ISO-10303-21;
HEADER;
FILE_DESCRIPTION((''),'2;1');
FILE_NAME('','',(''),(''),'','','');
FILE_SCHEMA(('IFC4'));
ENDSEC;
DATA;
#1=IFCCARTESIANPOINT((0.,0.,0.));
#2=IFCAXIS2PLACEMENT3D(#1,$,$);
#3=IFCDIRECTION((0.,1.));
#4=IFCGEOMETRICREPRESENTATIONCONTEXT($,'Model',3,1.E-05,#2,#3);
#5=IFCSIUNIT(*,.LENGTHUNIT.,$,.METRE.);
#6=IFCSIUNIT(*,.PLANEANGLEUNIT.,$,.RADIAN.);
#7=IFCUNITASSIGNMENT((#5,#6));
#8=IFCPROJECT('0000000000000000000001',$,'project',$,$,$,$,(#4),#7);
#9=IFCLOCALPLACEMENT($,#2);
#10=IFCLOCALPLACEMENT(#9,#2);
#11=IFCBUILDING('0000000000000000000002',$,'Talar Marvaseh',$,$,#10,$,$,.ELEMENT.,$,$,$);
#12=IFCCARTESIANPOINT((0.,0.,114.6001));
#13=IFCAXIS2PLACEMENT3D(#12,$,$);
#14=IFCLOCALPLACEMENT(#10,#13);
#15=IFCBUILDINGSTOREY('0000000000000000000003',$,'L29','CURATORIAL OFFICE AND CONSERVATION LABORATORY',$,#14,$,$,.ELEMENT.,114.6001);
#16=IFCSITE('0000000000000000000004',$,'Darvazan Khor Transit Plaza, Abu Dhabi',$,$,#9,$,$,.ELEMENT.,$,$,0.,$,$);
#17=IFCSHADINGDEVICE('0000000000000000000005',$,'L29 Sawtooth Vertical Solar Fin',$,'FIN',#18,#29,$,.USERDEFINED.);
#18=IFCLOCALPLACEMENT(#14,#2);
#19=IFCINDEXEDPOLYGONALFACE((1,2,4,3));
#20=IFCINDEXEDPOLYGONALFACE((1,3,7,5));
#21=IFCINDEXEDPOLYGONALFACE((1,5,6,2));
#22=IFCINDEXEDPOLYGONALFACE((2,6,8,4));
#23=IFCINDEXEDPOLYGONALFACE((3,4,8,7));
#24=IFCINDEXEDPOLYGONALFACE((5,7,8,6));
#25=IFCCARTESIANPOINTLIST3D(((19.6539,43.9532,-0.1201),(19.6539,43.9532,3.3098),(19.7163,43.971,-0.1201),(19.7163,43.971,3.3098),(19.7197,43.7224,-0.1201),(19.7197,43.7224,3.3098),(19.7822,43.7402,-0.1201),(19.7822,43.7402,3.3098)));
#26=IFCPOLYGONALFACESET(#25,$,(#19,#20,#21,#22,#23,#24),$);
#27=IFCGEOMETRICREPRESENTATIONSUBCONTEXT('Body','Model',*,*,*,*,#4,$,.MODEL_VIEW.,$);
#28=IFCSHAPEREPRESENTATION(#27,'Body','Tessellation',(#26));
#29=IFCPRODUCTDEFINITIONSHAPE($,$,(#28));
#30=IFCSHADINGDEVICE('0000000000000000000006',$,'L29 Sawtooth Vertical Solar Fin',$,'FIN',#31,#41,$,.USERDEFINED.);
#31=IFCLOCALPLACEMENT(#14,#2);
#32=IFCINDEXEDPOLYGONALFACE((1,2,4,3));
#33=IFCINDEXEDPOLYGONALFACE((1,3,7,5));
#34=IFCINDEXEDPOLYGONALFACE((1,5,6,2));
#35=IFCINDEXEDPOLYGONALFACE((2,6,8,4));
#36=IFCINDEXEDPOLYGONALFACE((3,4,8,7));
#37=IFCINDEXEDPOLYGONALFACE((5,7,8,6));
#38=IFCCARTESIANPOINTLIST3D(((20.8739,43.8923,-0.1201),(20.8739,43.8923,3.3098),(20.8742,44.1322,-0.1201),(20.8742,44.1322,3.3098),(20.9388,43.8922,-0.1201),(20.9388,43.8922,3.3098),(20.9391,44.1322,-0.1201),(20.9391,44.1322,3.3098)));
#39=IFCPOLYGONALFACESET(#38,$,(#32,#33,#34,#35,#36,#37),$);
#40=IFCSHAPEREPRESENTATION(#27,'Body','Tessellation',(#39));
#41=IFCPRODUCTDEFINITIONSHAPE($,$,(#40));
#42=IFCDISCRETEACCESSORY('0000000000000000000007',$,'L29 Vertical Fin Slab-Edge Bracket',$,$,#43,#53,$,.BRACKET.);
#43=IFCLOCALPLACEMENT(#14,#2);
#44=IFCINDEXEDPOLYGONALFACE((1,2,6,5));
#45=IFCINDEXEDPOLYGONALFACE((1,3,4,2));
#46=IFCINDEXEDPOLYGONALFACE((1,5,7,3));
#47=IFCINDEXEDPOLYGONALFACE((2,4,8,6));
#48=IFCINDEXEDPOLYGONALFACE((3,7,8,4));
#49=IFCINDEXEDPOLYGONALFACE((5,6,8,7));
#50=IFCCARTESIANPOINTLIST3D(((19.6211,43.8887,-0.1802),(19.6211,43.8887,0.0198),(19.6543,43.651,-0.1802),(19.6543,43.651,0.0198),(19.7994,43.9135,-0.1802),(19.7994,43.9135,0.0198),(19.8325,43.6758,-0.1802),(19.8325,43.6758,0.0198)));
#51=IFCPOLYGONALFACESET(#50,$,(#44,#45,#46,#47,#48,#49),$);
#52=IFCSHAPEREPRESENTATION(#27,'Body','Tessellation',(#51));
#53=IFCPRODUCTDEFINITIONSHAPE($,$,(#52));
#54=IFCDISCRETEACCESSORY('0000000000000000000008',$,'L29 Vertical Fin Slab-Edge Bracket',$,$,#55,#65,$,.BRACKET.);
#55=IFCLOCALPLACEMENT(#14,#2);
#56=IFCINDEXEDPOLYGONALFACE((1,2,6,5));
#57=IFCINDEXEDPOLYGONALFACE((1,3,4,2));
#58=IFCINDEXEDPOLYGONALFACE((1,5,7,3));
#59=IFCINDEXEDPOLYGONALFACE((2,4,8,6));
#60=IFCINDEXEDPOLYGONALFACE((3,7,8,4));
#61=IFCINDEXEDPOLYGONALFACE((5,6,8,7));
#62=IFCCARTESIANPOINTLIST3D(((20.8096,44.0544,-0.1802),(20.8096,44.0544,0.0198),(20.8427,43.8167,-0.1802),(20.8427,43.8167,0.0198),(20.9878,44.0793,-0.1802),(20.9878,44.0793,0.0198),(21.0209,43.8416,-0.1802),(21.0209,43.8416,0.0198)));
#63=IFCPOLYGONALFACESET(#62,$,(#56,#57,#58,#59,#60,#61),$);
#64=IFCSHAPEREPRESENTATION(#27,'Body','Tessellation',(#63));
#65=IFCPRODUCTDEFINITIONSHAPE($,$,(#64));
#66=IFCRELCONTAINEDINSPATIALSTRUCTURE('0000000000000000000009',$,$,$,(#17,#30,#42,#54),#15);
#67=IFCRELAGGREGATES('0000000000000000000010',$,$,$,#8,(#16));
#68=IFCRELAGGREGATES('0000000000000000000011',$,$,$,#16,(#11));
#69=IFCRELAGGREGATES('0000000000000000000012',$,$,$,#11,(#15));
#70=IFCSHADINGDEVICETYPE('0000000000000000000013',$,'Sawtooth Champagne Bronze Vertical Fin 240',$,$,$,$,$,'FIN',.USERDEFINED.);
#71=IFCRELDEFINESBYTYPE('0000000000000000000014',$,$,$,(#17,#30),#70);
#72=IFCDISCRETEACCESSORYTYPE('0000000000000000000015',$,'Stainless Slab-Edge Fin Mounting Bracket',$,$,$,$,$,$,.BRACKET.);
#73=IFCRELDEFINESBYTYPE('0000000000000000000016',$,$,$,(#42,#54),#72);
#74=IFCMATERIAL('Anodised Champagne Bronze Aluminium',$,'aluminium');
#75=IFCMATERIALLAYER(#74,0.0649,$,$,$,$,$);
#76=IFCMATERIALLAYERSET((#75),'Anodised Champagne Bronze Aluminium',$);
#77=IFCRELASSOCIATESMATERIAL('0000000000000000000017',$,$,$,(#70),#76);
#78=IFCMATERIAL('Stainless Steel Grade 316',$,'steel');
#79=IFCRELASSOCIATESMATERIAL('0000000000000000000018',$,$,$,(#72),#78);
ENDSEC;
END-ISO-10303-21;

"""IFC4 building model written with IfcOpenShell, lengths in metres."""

from ifc_helpers import new_model, si_unit, direction, frame, origin, origin_2d, place, context, subcontext, project, spatial, rectangle, extrude, source, transform, mapped, material, layer, layer_set, type_object, type_shapes, element, save


model = new_model("IFC4")

# Units and contexts
model_context = context("Model", 3, precision=1e-05, world=origin(), true_north=direction((0.0, 1.0)))
body_context = subcontext(model_context, "Body", "Model", "MODEL_VIEW")
ifc_project = project(units=[si_unit("LENGTHUNIT", "METRE"), si_unit("PLANEANGLEUNIT", "RADIAN")], contexts=[model_context])

# Site, building, storey
site_placement = place(None, origin())
site = spatial("IfcSite", under=ifc_project, at=site_placement, Name="Darvazan Khor Transit Plaza, Abu Dhabi", CompositionType="ELEMENT", RefElevation=0.0)
building_placement = place(site_placement, origin())
building = spatial("IfcBuilding", under=site, at=building_placement, Name="Talar Marvaseh", CompositionType="ELEMENT")
storey_placement = place(building_placement, frame((0.0, 0.0, 114.6001)))
storey = spatial("IfcBuildingStorey", under=building, at=storey_placement, Name="L29", Description="CURATORIAL OFFICE AND CONSERVATION LABORATORY", CompositionType="ELEMENT", Elevation=114.6001)

# Shared definitions
ifc_material_1 = material(Name="Stainless Steel Grade 316", Category="steel")

# Shading devices
ifc_material_2 = material(Name="Anodised Champagne Bronze Aluminium", Category="aluminium")
ifc_layer_1 = layer(ifc_material_2, 0.0649)
ifc_layer_set_1 = layer_set([ifc_layer_1], Name="Anodised Champagne Bronze Aluminium")
shading_device_type = type_object("IfcShadingDeviceType", Name="Sawtooth Champagne Bronze Vertical Fin 240", ElementType="FIN", PredefinedType="USERDEFINED", material=ifc_layer_set_1)
shared_shape_1 = source(origin(), body_context, "Body", "SweptSolid", [
    extrude(rectangle(XDim=0.24, YDim=0.0649, at=origin_2d()), origin(), (0.0, 0.0, 1.0), 3.4299),
])
type_shapes(shading_device_type, [shared_shape_1])
for number, where, z_axis, x_axis, name in (
    (1, (19.718, 43.8467, -0.1201), (0.0, 0.0, 1.0), (-0.274463, 0.961598, 0.0), "L29 Sawtooth Vertical Solar Fin"),
    (2, (20.9065, 44.0122, -0.1201), (0.0, 0.0, 1.0), (0.001222, 0.999999, 0.0), "L29 Sawtooth Vertical Solar Fin"),
):
    element("IfcShadingDevice", number, at=place(storey_placement, frame(where, z_axis=z_axis, x_axis=x_axis)), inside=storey, type_object=shading_device_type, Name=name, ObjectType="FIN", PredefinedType="USERDEFINED", context=body_context, shape_type="MappedRepresentation", body=[
        mapped(shared_shape_1, transform((0.0, 0.0, 0.0), x_axis=(1.0, 0.0, 0.0), y_axis=(0.0, 1.0, 0.0), z_axis=(0.0, 0.0, 1.0), scale=1.0)),
    ])

# Discrete accessories
discrete_accessory_type = type_object("IfcDiscreteAccessoryType", Name="Stainless Slab-Edge Fin Mounting Bracket", PredefinedType="BRACKET", material=ifc_material_1)
shared_shape_2 = source(origin(), body_context, "Body", "SweptSolid", [
    extrude(rectangle(XDim=0.24, YDim=0.1799, at=origin_2d()), origin(), (0.0, 0.0, 1.0), 0.2),
])
type_shapes(discrete_accessory_type, [shared_shape_2])
for number, where, z_axis, x_axis, name in (
    (3, (19.7268, 43.7822, -0.1802), (0.0, 0.0, 1.0), (-0.137963, 0.990437, 0.0), "L29 Vertical Fin Slab-Edge Bracket"),
    (4, (20.9153, 43.948, -0.1802), (0.0, 0.0, 1.0), (-0.137963, 0.990437, 0.0), "L29 Vertical Fin Slab-Edge Bracket"),
):
    element("IfcDiscreteAccessory", number, at=place(storey_placement, frame(where, z_axis=z_axis, x_axis=x_axis)), inside=storey, type_object=discrete_accessory_type, Name=name, PredefinedType="BRACKET", context=body_context, shape_type="MappedRepresentation", body=[
        mapped(shared_shape_2, transform((0.0, 0.0, 0.0), x_axis=(1.0, 0.0, 0.0), y_axis=(0.0, 1.0, 0.0), z_axis=(0.0, 0.0, 1.0), scale=1.0)),
    ])

save(model, "model.ifc")
